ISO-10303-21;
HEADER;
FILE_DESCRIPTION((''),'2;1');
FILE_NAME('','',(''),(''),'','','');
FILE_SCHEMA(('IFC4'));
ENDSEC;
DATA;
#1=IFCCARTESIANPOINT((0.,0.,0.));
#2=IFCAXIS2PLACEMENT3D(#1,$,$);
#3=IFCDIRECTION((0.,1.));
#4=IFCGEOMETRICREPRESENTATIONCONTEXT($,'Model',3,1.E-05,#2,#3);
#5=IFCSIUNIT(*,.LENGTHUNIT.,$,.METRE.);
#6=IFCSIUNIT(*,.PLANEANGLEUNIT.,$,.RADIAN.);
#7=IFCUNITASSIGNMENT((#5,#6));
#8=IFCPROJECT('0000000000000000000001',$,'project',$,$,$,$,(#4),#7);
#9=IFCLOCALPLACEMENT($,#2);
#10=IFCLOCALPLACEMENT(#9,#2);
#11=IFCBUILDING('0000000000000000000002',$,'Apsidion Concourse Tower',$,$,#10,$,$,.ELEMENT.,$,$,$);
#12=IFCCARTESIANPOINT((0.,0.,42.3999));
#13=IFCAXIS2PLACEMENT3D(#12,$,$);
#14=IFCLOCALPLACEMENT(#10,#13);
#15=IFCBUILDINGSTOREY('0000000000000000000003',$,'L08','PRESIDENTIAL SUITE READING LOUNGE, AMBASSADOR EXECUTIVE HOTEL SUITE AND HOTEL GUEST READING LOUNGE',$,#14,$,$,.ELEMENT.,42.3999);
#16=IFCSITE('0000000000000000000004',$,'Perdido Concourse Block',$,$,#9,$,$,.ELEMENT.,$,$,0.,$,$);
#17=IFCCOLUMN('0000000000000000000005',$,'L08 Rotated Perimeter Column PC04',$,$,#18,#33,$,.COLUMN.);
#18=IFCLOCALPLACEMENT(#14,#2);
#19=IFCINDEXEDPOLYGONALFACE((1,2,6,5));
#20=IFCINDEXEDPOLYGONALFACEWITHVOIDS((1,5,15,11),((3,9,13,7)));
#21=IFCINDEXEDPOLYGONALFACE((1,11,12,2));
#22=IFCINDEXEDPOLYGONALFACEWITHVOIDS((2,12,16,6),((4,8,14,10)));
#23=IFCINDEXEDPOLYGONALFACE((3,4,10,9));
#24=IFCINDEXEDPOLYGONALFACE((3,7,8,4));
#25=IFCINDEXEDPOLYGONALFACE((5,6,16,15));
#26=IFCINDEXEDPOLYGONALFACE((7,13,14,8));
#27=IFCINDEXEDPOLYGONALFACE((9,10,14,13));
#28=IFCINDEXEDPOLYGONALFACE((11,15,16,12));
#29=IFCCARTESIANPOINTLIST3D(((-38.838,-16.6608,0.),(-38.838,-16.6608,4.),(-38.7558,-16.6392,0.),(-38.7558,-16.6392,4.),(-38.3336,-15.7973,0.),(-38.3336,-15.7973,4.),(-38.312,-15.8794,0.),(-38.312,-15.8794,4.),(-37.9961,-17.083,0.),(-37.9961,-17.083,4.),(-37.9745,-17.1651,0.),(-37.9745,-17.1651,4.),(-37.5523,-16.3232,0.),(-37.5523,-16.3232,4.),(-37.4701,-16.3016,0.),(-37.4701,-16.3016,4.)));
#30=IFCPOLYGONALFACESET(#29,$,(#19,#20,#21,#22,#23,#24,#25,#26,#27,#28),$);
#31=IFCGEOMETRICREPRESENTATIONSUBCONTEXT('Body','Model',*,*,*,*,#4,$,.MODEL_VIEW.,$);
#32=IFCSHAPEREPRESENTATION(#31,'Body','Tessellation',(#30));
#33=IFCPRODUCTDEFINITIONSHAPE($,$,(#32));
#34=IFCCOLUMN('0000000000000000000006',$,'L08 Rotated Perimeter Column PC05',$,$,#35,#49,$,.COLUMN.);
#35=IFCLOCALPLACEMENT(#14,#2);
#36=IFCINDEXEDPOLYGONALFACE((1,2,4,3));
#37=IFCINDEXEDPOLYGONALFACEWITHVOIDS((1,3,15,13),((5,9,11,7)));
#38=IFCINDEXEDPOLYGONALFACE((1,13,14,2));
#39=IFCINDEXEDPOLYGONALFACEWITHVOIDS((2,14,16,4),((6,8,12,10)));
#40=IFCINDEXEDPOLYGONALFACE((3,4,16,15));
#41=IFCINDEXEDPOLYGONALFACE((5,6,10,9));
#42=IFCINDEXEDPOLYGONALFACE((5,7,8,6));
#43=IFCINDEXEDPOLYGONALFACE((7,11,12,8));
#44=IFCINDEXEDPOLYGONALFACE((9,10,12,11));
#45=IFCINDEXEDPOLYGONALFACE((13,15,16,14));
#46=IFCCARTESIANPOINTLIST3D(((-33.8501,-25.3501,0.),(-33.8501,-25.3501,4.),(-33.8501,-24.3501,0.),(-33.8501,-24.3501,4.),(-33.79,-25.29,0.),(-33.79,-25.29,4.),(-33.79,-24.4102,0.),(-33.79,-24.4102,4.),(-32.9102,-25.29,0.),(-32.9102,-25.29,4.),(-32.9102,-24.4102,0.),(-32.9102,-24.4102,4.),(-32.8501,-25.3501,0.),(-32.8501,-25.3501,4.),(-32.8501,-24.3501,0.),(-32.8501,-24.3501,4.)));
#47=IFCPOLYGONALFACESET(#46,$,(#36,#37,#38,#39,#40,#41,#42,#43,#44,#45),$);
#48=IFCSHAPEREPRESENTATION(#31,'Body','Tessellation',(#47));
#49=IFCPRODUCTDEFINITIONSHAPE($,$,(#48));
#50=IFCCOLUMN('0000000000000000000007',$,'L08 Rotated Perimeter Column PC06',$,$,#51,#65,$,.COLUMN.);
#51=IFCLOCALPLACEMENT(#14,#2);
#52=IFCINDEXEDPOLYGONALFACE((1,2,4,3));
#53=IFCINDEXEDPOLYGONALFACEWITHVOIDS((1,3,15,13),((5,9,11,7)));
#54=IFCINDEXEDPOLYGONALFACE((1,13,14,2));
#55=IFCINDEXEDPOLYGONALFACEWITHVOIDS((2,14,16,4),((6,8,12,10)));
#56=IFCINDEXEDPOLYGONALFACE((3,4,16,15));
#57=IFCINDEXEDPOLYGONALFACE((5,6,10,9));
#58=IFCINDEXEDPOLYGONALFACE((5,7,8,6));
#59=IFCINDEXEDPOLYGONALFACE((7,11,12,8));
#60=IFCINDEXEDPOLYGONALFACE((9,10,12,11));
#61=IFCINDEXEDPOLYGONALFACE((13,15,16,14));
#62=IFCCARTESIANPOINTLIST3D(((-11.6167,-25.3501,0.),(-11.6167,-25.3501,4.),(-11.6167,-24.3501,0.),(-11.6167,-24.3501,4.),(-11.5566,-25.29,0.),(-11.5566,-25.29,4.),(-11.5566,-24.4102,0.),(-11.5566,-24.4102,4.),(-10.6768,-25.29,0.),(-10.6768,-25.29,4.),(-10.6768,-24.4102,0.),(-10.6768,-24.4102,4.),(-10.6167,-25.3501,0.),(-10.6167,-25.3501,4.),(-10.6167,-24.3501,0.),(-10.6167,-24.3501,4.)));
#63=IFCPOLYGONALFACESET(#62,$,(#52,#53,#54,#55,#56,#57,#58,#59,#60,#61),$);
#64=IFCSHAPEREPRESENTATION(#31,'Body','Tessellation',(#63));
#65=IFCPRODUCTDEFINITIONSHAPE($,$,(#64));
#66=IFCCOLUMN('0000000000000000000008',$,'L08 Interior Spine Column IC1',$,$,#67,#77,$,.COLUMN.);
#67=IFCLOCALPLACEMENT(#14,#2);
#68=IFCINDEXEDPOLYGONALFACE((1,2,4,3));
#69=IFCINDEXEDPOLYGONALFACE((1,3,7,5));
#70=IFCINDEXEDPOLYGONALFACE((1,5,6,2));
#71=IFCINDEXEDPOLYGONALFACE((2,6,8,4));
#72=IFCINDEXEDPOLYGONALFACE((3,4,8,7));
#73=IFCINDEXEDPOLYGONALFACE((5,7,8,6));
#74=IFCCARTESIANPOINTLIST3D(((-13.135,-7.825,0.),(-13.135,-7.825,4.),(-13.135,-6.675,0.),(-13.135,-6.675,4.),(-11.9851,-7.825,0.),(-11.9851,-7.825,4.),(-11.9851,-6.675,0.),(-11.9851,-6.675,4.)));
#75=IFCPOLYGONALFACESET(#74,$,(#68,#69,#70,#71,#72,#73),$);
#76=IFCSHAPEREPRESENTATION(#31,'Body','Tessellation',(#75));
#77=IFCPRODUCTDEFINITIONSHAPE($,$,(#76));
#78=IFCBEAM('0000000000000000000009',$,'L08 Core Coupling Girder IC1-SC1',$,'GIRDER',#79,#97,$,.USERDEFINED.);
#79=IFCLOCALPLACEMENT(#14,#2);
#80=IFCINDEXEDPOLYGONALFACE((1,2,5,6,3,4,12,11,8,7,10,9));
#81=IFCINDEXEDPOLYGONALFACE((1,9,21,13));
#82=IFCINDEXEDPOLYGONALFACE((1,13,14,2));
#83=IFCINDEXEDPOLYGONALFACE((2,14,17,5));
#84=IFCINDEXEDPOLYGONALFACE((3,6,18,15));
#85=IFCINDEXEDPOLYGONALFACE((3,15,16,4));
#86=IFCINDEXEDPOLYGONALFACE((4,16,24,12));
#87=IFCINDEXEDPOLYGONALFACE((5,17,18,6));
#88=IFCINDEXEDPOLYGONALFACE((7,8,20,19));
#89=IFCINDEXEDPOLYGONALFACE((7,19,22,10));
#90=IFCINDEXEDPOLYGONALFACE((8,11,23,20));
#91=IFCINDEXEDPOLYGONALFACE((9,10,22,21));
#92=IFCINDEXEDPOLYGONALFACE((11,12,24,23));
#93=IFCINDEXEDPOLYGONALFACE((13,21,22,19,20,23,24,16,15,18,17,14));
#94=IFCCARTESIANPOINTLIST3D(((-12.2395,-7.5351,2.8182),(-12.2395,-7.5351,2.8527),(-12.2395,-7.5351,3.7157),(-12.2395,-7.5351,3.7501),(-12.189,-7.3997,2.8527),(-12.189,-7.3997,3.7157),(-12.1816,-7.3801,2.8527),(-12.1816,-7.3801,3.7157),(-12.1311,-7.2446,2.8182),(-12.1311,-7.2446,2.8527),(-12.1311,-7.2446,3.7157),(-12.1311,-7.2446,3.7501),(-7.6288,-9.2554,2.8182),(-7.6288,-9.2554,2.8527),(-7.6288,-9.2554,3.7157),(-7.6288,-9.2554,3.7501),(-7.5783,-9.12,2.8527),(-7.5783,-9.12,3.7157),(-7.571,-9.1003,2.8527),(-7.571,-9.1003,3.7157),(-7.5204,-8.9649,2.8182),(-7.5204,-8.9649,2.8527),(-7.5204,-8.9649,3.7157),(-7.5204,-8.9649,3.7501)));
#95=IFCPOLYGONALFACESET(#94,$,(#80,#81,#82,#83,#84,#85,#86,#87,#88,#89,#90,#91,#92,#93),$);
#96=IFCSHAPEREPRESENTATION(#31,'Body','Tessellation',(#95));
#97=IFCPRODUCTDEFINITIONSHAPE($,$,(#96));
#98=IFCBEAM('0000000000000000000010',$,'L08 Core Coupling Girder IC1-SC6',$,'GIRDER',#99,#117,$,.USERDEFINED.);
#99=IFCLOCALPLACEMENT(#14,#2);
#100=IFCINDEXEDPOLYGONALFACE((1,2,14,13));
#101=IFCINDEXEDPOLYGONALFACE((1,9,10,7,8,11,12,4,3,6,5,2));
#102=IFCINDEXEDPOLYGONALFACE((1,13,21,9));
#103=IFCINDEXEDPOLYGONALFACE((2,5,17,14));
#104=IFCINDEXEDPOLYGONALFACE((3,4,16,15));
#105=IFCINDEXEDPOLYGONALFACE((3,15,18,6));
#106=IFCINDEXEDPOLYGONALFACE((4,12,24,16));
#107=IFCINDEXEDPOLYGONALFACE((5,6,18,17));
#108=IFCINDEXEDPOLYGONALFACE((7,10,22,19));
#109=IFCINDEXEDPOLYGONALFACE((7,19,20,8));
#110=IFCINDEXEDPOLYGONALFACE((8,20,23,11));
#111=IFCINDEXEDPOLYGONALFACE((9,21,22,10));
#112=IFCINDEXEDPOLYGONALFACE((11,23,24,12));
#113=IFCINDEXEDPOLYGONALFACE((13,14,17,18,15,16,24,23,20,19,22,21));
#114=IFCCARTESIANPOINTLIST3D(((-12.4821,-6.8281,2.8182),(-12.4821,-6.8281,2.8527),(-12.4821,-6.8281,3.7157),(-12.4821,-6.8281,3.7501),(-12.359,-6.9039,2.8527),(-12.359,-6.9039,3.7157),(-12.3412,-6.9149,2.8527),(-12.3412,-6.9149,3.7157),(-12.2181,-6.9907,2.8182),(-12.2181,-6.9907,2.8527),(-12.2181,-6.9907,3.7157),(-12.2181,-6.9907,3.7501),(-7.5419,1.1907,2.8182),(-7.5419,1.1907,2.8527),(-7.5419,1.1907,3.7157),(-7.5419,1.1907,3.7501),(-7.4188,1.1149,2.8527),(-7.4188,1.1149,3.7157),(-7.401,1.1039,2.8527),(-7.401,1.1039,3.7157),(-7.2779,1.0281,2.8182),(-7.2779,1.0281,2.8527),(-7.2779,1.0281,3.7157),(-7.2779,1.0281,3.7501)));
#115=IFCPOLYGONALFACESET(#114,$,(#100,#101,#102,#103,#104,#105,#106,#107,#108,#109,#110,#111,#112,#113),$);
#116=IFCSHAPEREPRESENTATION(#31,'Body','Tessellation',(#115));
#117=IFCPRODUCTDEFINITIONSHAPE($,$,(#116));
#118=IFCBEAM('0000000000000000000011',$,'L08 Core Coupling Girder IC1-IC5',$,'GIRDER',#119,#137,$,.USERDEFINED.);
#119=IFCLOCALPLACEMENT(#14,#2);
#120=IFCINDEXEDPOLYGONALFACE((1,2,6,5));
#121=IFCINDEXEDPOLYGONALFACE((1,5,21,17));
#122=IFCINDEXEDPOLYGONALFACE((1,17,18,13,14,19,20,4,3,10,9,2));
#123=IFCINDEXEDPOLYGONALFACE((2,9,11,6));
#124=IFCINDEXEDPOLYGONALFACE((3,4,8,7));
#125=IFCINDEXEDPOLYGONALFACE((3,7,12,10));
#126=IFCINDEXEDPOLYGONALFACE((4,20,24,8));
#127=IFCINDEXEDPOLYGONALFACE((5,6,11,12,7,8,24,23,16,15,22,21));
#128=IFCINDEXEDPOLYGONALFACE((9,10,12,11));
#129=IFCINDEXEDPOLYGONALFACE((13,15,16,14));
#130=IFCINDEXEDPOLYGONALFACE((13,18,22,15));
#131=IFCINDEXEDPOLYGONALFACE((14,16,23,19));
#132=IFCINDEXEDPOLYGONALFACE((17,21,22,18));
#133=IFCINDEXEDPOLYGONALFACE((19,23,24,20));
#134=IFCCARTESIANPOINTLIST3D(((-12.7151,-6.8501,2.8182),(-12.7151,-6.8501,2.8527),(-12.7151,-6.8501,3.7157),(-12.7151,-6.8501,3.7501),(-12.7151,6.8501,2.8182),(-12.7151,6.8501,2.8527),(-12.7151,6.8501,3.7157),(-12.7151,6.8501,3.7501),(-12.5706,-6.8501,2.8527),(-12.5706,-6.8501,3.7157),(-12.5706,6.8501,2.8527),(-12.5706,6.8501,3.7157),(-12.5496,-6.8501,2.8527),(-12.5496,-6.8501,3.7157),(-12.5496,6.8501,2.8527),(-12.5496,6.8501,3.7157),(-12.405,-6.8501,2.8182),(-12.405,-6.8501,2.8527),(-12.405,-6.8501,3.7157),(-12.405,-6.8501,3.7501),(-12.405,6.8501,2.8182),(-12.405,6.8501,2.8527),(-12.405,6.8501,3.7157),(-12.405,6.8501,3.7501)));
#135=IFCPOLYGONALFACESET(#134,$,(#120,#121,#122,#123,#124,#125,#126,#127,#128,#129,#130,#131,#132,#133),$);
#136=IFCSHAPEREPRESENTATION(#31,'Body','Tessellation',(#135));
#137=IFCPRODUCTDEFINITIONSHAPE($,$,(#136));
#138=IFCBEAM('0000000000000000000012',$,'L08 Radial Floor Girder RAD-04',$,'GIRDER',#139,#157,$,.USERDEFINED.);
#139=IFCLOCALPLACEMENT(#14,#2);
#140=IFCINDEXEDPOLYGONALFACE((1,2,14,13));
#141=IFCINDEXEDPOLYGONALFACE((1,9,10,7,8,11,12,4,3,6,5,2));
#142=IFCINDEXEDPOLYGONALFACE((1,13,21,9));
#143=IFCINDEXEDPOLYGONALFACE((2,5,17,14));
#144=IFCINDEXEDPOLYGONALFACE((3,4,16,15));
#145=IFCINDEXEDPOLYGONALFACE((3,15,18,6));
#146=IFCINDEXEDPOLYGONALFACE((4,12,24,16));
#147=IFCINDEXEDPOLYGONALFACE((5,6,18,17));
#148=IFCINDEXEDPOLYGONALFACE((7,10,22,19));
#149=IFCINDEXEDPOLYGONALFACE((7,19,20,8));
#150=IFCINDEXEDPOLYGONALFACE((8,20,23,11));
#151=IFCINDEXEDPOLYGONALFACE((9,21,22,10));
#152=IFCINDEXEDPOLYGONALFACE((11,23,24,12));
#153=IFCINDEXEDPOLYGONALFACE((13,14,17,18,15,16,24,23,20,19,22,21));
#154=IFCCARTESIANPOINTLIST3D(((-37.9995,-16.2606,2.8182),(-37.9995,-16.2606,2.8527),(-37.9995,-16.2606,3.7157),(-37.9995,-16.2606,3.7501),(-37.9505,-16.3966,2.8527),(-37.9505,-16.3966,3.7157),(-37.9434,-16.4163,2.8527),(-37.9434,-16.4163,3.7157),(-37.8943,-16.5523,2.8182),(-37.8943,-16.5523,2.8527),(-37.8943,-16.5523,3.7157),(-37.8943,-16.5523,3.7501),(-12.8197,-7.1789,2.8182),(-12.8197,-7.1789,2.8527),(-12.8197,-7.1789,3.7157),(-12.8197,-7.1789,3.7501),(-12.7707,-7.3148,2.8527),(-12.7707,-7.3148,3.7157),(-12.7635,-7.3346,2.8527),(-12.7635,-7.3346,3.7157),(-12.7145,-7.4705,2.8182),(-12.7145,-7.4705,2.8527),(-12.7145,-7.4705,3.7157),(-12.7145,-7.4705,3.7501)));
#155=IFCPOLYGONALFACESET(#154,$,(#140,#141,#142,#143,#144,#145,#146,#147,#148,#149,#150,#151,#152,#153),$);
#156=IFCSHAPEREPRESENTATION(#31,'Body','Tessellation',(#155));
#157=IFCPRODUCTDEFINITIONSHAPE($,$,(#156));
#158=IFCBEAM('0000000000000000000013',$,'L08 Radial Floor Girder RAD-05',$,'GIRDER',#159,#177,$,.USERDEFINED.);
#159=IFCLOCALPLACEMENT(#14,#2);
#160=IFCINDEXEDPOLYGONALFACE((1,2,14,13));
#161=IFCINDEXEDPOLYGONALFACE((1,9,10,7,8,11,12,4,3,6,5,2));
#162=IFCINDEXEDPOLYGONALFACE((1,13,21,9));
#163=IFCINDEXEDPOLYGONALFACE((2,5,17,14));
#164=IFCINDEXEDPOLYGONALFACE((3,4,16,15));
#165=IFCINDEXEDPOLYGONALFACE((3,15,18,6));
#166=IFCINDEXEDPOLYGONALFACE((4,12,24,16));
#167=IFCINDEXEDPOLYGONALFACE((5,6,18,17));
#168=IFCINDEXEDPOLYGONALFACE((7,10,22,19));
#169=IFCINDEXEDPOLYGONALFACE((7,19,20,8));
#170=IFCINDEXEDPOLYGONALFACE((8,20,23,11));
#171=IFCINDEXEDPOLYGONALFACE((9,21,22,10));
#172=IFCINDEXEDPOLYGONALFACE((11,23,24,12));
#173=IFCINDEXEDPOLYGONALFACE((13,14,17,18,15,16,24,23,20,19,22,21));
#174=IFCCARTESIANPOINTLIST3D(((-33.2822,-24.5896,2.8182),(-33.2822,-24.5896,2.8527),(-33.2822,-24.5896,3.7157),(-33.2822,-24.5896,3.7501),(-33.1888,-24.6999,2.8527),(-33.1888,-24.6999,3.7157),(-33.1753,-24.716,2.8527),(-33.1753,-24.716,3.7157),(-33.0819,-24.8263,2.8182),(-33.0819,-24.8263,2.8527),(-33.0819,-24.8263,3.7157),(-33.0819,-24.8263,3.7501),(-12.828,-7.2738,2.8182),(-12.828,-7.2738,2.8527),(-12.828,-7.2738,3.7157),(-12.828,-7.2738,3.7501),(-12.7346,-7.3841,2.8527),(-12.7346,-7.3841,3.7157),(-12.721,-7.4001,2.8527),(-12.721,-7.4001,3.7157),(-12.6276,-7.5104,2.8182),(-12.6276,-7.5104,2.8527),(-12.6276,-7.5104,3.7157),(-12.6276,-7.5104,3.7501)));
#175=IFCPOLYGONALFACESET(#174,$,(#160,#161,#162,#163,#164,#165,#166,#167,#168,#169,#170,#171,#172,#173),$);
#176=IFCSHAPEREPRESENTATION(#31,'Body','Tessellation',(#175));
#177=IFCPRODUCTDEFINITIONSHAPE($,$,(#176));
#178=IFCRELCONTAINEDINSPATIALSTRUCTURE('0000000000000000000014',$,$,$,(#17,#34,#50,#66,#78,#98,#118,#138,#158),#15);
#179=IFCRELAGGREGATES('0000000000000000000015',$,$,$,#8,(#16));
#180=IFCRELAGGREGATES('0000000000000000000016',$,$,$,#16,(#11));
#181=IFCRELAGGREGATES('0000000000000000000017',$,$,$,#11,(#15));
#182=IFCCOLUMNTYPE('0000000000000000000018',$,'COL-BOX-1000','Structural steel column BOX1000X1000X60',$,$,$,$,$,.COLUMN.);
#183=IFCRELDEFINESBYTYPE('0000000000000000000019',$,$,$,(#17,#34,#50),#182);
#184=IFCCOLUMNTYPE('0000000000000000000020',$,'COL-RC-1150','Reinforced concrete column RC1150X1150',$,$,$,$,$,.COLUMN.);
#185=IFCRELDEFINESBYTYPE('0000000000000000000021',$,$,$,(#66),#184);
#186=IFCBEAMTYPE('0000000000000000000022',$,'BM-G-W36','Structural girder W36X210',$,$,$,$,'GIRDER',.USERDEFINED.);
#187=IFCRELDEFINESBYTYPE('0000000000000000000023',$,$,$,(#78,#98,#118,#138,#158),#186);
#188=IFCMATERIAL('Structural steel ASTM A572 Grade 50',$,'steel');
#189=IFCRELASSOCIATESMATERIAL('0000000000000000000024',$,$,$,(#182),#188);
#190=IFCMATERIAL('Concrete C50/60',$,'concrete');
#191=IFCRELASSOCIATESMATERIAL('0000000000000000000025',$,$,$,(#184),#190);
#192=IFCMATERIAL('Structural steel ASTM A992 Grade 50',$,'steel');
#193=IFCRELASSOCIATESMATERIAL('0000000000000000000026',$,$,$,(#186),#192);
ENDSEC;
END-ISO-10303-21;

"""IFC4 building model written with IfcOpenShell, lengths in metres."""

from ifc_helpers import new_model, si_unit, direction, frame, origin, origin_2d, place, context, subcontext, project, spatial, rectangle, hollow_rectangle, i_section, extrude, material, material_profile, profile_set, type_object, element, save


model = new_model("IFC4")

# Units and contexts
model_context = context("Model", 3, precision=1e-05, world=origin(), true_north=direction((0.0, 1.0)))
body_context = subcontext(model_context, "Body", "Model", "MODEL_VIEW")
ifc_project = project(units=[si_unit("LENGTHUNIT", "METRE"), si_unit("PLANEANGLEUNIT", "RADIAN")], contexts=[model_context])

# Site, building, storey
site_placement = place(None, origin())
site = spatial("IfcSite", under=ifc_project, at=site_placement, Name="Perdido Concourse Block", CompositionType="ELEMENT", RefElevation=0.0)
building_placement = place(site_placement, origin())
building = spatial("IfcBuilding", under=site, at=building_placement, Name="Apsidion Concourse Tower", CompositionType="ELEMENT")
storey_placement = place(building_placement, frame((0.0, 0.0, 42.3999)))
storey = spatial("IfcBuildingStorey", under=building, at=storey_placement, Name="L08", Description="PRESIDENTIAL SUITE READING LOUNGE, AMBASSADOR EXECUTIVE HOTEL SUITE AND HOTEL GUEST READING LOUNGE", CompositionType="ELEMENT", Elevation=42.3999)

# Columns
ifc_material_1 = material(Name="Structural steel ASTM A572 Grade 50", Category="steel")
ifc_material_profile_1 = material_profile(ifc_material_1, hollow_rectangle(XDim=1.0, YDim=1.0, WallThickness=0.0601, at=origin_2d()), Name="BOX1000X1000X60")
ifc_profile_set_1 = profile_set([ifc_material_profile_1], Name="Structural steel ASTM A572 Grade 50")
column_type_1 = type_object("IfcColumnType", Name="COL-BOX-1000", Description="Structural steel column BOX1000X1000X60", PredefinedType="COLUMN", material=ifc_profile_set_1)
for number, where, z_axis, x_axis, name in (
    (1, (-38.1541, -16.4812, 0.0), (0.0, 0.0, 1.0), (0.504377, 0.863484, 0.0), "L08 Rotated Perimeter Column PC04"),
    (2, (-33.3501, -24.8501, 0.0), (0.0, 0.0, 1.0), (1.0, 0.0, 0.0), "L08 Rotated Perimeter Column PC05"),
    (3, (-11.1167, -24.8501, 0.0), (0.0, 0.0, 1.0), (1.0, 0.0, 0.0), "L08 Rotated Perimeter Column PC06"),
):
    element("IfcColumn", number, at=place(storey_placement, frame(where, z_axis=z_axis, x_axis=x_axis)), inside=storey, type_object=column_type_1, Name=name, PredefinedType="COLUMN", context=body_context, shape_type="SweptSolid", body=[
        extrude(hollow_rectangle(XDim=1.0, YDim=1.0, WallThickness=0.0601, at=origin_2d()), origin(), (0.0, 0.0, 1.0), 4.0),
    ])
ifc_material_2 = material(Name="Concrete C50/60", Category="concrete")
ifc_material_profile_2 = material_profile(ifc_material_2, rectangle(XDim=1.1499, YDim=1.1499, at=origin_2d()), Name="RC 1150x1150")
ifc_profile_set_2 = profile_set([ifc_material_profile_2], Name="Concrete C50/60")
column_type_2 = type_object("IfcColumnType", Name="COL-RC-1150", Description="Reinforced concrete column RC1150X1150", PredefinedType="COLUMN", material=ifc_profile_set_2)
column_placement = place(storey_placement, frame((-12.5601, -7.25, 0.0), z_axis=(0.0, 0.0, 1.0), x_axis=(1.0, 0.0, 0.0)))
element("IfcColumn", 4, at=column_placement, inside=storey, type_object=column_type_2, Name="L08 Interior Spine Column IC1", PredefinedType="COLUMN", context=body_context, shape_type="SweptSolid", body=[
    extrude(rectangle(XDim=1.1499, YDim=1.1499, at=origin_2d()), origin(), (0.0, 0.0, 1.0), 4.0),
])

# Beams
ifc_material_3 = material(Name="Structural steel ASTM A992 Grade 50", Category="steel")
ifc_material_profile_3 = material_profile(ifc_material_3, i_section(OverallWidth=0.3101, OverallDepth=0.9319, WebThickness=0.021, FlangeThickness=0.0344, at=origin_2d()), Name="W36X210")
ifc_profile_set_3 = profile_set([ifc_material_profile_3], Name="Structural steel ASTM A992 Grade 50")
beam_type_1 = type_object("IfcBeamType", Name="BM-G-W36", Description="Structural girder W36X210", ElementType="GIRDER", PredefinedType="USERDEFINED", material=ifc_profile_set_3)
beam_1_placement = place(storey_placement, frame((-12.1853, -7.3899, 3.2842), z_axis=(0.936913, -0.349563, 0.0), x_axis=(0.349563, 0.936913, 0.0)))
element("IfcBeam", 5, at=beam_1_placement, inside=storey, type_object=beam_type_1, Name="L08 Core Coupling Girder IC1-SC1", ObjectType="GIRDER", PredefinedType="USERDEFINED", context=body_context, shape_type="SweptSolid", body=[
    extrude(i_section(OverallWidth=0.3101, OverallDepth=0.9319, WebThickness=0.021, FlangeThickness=0.0344, at=origin_2d()), origin(), (0.0, 0.0, 1.0), 4.9211),
])
beam_2_placement = place(storey_placement, frame((-12.3501, -6.9094, 3.2842), z_axis=(0.524524, 0.851396, 0.0), x_axis=(-0.851396, 0.524524, 0.0)))
element("IfcBeam", 6, at=beam_2_placement, inside=storey, type_object=beam_type_1, Name="L08 Core Coupling Girder IC1-SC6", ObjectType="GIRDER", PredefinedType="USERDEFINED", context=body_context, shape_type="SweptSolid", body=[
    extrude(i_section(OverallWidth=0.3101, OverallDepth=0.9319, WebThickness=0.021, FlangeThickness=0.0344, at=origin_2d()), origin(), (0.0, 0.0, 1.0), 9.4185),
])
beam_3_placement = place(storey_placement, frame((-12.5601, -6.8501, 3.2842), z_axis=(0.0, 1.0, 0.0), x_axis=(-1.0, 0.0, 0.0)))
element("IfcBeam", 7, at=beam_3_placement, inside=storey, type_object=beam_type_1, Name="L08 Core Coupling Girder IC1-IC5", ObjectType="GIRDER", PredefinedType="USERDEFINED", context=body_context, shape_type="SweptSolid", body=[
    extrude(i_section(OverallWidth=0.3101, OverallDepth=0.9319, WebThickness=0.021, FlangeThickness=0.0344, at=origin_2d()), origin(), (0.0, 0.0, 1.0), 13.7002),
])
beam_4_placement = place(storey_placement, frame((-12.7671, -7.3247, 3.2842), z_axis=(-0.940685, -0.339282, 0.0), x_axis=(0.339282, -0.940685, 0.0)))
element("IfcBeam", 8, at=beam_4_placement, inside=storey, type_object=beam_type_1, Name="L08 Radial Floor Girder RAD-04", ObjectType="GIRDER", PredefinedType="USERDEFINED", context=body_context, shape_type="SweptSolid", body=[
    extrude(i_section(OverallWidth=0.3101, OverallDepth=0.9319, WebThickness=0.021, FlangeThickness=0.0344, at=origin_2d()), origin(), (0.0, 0.0, 1.0), 26.7676),
])
beam_5_placement = place(storey_placement, frame((-12.7278, -7.3921, 3.2842), z_axis=(-0.763232, -0.646125, 0.0), x_axis=(0.646125, -0.763232, 0.0)))
element("IfcBeam", 9, at=beam_5_placement, inside=storey, type_object=beam_type_1, Name="L08 Radial Floor Girder RAD-05", ObjectType="GIRDER", PredefinedType="USERDEFINED", context=body_context, shape_type="SweptSolid", body=[
    extrude(i_section(OverallWidth=0.3101, OverallDepth=0.9319, WebThickness=0.021, FlangeThickness=0.0344, at=origin_2d()), origin(), (0.0, 0.0, 1.0), 26.7996),
])

save(model, "model.ifc")
